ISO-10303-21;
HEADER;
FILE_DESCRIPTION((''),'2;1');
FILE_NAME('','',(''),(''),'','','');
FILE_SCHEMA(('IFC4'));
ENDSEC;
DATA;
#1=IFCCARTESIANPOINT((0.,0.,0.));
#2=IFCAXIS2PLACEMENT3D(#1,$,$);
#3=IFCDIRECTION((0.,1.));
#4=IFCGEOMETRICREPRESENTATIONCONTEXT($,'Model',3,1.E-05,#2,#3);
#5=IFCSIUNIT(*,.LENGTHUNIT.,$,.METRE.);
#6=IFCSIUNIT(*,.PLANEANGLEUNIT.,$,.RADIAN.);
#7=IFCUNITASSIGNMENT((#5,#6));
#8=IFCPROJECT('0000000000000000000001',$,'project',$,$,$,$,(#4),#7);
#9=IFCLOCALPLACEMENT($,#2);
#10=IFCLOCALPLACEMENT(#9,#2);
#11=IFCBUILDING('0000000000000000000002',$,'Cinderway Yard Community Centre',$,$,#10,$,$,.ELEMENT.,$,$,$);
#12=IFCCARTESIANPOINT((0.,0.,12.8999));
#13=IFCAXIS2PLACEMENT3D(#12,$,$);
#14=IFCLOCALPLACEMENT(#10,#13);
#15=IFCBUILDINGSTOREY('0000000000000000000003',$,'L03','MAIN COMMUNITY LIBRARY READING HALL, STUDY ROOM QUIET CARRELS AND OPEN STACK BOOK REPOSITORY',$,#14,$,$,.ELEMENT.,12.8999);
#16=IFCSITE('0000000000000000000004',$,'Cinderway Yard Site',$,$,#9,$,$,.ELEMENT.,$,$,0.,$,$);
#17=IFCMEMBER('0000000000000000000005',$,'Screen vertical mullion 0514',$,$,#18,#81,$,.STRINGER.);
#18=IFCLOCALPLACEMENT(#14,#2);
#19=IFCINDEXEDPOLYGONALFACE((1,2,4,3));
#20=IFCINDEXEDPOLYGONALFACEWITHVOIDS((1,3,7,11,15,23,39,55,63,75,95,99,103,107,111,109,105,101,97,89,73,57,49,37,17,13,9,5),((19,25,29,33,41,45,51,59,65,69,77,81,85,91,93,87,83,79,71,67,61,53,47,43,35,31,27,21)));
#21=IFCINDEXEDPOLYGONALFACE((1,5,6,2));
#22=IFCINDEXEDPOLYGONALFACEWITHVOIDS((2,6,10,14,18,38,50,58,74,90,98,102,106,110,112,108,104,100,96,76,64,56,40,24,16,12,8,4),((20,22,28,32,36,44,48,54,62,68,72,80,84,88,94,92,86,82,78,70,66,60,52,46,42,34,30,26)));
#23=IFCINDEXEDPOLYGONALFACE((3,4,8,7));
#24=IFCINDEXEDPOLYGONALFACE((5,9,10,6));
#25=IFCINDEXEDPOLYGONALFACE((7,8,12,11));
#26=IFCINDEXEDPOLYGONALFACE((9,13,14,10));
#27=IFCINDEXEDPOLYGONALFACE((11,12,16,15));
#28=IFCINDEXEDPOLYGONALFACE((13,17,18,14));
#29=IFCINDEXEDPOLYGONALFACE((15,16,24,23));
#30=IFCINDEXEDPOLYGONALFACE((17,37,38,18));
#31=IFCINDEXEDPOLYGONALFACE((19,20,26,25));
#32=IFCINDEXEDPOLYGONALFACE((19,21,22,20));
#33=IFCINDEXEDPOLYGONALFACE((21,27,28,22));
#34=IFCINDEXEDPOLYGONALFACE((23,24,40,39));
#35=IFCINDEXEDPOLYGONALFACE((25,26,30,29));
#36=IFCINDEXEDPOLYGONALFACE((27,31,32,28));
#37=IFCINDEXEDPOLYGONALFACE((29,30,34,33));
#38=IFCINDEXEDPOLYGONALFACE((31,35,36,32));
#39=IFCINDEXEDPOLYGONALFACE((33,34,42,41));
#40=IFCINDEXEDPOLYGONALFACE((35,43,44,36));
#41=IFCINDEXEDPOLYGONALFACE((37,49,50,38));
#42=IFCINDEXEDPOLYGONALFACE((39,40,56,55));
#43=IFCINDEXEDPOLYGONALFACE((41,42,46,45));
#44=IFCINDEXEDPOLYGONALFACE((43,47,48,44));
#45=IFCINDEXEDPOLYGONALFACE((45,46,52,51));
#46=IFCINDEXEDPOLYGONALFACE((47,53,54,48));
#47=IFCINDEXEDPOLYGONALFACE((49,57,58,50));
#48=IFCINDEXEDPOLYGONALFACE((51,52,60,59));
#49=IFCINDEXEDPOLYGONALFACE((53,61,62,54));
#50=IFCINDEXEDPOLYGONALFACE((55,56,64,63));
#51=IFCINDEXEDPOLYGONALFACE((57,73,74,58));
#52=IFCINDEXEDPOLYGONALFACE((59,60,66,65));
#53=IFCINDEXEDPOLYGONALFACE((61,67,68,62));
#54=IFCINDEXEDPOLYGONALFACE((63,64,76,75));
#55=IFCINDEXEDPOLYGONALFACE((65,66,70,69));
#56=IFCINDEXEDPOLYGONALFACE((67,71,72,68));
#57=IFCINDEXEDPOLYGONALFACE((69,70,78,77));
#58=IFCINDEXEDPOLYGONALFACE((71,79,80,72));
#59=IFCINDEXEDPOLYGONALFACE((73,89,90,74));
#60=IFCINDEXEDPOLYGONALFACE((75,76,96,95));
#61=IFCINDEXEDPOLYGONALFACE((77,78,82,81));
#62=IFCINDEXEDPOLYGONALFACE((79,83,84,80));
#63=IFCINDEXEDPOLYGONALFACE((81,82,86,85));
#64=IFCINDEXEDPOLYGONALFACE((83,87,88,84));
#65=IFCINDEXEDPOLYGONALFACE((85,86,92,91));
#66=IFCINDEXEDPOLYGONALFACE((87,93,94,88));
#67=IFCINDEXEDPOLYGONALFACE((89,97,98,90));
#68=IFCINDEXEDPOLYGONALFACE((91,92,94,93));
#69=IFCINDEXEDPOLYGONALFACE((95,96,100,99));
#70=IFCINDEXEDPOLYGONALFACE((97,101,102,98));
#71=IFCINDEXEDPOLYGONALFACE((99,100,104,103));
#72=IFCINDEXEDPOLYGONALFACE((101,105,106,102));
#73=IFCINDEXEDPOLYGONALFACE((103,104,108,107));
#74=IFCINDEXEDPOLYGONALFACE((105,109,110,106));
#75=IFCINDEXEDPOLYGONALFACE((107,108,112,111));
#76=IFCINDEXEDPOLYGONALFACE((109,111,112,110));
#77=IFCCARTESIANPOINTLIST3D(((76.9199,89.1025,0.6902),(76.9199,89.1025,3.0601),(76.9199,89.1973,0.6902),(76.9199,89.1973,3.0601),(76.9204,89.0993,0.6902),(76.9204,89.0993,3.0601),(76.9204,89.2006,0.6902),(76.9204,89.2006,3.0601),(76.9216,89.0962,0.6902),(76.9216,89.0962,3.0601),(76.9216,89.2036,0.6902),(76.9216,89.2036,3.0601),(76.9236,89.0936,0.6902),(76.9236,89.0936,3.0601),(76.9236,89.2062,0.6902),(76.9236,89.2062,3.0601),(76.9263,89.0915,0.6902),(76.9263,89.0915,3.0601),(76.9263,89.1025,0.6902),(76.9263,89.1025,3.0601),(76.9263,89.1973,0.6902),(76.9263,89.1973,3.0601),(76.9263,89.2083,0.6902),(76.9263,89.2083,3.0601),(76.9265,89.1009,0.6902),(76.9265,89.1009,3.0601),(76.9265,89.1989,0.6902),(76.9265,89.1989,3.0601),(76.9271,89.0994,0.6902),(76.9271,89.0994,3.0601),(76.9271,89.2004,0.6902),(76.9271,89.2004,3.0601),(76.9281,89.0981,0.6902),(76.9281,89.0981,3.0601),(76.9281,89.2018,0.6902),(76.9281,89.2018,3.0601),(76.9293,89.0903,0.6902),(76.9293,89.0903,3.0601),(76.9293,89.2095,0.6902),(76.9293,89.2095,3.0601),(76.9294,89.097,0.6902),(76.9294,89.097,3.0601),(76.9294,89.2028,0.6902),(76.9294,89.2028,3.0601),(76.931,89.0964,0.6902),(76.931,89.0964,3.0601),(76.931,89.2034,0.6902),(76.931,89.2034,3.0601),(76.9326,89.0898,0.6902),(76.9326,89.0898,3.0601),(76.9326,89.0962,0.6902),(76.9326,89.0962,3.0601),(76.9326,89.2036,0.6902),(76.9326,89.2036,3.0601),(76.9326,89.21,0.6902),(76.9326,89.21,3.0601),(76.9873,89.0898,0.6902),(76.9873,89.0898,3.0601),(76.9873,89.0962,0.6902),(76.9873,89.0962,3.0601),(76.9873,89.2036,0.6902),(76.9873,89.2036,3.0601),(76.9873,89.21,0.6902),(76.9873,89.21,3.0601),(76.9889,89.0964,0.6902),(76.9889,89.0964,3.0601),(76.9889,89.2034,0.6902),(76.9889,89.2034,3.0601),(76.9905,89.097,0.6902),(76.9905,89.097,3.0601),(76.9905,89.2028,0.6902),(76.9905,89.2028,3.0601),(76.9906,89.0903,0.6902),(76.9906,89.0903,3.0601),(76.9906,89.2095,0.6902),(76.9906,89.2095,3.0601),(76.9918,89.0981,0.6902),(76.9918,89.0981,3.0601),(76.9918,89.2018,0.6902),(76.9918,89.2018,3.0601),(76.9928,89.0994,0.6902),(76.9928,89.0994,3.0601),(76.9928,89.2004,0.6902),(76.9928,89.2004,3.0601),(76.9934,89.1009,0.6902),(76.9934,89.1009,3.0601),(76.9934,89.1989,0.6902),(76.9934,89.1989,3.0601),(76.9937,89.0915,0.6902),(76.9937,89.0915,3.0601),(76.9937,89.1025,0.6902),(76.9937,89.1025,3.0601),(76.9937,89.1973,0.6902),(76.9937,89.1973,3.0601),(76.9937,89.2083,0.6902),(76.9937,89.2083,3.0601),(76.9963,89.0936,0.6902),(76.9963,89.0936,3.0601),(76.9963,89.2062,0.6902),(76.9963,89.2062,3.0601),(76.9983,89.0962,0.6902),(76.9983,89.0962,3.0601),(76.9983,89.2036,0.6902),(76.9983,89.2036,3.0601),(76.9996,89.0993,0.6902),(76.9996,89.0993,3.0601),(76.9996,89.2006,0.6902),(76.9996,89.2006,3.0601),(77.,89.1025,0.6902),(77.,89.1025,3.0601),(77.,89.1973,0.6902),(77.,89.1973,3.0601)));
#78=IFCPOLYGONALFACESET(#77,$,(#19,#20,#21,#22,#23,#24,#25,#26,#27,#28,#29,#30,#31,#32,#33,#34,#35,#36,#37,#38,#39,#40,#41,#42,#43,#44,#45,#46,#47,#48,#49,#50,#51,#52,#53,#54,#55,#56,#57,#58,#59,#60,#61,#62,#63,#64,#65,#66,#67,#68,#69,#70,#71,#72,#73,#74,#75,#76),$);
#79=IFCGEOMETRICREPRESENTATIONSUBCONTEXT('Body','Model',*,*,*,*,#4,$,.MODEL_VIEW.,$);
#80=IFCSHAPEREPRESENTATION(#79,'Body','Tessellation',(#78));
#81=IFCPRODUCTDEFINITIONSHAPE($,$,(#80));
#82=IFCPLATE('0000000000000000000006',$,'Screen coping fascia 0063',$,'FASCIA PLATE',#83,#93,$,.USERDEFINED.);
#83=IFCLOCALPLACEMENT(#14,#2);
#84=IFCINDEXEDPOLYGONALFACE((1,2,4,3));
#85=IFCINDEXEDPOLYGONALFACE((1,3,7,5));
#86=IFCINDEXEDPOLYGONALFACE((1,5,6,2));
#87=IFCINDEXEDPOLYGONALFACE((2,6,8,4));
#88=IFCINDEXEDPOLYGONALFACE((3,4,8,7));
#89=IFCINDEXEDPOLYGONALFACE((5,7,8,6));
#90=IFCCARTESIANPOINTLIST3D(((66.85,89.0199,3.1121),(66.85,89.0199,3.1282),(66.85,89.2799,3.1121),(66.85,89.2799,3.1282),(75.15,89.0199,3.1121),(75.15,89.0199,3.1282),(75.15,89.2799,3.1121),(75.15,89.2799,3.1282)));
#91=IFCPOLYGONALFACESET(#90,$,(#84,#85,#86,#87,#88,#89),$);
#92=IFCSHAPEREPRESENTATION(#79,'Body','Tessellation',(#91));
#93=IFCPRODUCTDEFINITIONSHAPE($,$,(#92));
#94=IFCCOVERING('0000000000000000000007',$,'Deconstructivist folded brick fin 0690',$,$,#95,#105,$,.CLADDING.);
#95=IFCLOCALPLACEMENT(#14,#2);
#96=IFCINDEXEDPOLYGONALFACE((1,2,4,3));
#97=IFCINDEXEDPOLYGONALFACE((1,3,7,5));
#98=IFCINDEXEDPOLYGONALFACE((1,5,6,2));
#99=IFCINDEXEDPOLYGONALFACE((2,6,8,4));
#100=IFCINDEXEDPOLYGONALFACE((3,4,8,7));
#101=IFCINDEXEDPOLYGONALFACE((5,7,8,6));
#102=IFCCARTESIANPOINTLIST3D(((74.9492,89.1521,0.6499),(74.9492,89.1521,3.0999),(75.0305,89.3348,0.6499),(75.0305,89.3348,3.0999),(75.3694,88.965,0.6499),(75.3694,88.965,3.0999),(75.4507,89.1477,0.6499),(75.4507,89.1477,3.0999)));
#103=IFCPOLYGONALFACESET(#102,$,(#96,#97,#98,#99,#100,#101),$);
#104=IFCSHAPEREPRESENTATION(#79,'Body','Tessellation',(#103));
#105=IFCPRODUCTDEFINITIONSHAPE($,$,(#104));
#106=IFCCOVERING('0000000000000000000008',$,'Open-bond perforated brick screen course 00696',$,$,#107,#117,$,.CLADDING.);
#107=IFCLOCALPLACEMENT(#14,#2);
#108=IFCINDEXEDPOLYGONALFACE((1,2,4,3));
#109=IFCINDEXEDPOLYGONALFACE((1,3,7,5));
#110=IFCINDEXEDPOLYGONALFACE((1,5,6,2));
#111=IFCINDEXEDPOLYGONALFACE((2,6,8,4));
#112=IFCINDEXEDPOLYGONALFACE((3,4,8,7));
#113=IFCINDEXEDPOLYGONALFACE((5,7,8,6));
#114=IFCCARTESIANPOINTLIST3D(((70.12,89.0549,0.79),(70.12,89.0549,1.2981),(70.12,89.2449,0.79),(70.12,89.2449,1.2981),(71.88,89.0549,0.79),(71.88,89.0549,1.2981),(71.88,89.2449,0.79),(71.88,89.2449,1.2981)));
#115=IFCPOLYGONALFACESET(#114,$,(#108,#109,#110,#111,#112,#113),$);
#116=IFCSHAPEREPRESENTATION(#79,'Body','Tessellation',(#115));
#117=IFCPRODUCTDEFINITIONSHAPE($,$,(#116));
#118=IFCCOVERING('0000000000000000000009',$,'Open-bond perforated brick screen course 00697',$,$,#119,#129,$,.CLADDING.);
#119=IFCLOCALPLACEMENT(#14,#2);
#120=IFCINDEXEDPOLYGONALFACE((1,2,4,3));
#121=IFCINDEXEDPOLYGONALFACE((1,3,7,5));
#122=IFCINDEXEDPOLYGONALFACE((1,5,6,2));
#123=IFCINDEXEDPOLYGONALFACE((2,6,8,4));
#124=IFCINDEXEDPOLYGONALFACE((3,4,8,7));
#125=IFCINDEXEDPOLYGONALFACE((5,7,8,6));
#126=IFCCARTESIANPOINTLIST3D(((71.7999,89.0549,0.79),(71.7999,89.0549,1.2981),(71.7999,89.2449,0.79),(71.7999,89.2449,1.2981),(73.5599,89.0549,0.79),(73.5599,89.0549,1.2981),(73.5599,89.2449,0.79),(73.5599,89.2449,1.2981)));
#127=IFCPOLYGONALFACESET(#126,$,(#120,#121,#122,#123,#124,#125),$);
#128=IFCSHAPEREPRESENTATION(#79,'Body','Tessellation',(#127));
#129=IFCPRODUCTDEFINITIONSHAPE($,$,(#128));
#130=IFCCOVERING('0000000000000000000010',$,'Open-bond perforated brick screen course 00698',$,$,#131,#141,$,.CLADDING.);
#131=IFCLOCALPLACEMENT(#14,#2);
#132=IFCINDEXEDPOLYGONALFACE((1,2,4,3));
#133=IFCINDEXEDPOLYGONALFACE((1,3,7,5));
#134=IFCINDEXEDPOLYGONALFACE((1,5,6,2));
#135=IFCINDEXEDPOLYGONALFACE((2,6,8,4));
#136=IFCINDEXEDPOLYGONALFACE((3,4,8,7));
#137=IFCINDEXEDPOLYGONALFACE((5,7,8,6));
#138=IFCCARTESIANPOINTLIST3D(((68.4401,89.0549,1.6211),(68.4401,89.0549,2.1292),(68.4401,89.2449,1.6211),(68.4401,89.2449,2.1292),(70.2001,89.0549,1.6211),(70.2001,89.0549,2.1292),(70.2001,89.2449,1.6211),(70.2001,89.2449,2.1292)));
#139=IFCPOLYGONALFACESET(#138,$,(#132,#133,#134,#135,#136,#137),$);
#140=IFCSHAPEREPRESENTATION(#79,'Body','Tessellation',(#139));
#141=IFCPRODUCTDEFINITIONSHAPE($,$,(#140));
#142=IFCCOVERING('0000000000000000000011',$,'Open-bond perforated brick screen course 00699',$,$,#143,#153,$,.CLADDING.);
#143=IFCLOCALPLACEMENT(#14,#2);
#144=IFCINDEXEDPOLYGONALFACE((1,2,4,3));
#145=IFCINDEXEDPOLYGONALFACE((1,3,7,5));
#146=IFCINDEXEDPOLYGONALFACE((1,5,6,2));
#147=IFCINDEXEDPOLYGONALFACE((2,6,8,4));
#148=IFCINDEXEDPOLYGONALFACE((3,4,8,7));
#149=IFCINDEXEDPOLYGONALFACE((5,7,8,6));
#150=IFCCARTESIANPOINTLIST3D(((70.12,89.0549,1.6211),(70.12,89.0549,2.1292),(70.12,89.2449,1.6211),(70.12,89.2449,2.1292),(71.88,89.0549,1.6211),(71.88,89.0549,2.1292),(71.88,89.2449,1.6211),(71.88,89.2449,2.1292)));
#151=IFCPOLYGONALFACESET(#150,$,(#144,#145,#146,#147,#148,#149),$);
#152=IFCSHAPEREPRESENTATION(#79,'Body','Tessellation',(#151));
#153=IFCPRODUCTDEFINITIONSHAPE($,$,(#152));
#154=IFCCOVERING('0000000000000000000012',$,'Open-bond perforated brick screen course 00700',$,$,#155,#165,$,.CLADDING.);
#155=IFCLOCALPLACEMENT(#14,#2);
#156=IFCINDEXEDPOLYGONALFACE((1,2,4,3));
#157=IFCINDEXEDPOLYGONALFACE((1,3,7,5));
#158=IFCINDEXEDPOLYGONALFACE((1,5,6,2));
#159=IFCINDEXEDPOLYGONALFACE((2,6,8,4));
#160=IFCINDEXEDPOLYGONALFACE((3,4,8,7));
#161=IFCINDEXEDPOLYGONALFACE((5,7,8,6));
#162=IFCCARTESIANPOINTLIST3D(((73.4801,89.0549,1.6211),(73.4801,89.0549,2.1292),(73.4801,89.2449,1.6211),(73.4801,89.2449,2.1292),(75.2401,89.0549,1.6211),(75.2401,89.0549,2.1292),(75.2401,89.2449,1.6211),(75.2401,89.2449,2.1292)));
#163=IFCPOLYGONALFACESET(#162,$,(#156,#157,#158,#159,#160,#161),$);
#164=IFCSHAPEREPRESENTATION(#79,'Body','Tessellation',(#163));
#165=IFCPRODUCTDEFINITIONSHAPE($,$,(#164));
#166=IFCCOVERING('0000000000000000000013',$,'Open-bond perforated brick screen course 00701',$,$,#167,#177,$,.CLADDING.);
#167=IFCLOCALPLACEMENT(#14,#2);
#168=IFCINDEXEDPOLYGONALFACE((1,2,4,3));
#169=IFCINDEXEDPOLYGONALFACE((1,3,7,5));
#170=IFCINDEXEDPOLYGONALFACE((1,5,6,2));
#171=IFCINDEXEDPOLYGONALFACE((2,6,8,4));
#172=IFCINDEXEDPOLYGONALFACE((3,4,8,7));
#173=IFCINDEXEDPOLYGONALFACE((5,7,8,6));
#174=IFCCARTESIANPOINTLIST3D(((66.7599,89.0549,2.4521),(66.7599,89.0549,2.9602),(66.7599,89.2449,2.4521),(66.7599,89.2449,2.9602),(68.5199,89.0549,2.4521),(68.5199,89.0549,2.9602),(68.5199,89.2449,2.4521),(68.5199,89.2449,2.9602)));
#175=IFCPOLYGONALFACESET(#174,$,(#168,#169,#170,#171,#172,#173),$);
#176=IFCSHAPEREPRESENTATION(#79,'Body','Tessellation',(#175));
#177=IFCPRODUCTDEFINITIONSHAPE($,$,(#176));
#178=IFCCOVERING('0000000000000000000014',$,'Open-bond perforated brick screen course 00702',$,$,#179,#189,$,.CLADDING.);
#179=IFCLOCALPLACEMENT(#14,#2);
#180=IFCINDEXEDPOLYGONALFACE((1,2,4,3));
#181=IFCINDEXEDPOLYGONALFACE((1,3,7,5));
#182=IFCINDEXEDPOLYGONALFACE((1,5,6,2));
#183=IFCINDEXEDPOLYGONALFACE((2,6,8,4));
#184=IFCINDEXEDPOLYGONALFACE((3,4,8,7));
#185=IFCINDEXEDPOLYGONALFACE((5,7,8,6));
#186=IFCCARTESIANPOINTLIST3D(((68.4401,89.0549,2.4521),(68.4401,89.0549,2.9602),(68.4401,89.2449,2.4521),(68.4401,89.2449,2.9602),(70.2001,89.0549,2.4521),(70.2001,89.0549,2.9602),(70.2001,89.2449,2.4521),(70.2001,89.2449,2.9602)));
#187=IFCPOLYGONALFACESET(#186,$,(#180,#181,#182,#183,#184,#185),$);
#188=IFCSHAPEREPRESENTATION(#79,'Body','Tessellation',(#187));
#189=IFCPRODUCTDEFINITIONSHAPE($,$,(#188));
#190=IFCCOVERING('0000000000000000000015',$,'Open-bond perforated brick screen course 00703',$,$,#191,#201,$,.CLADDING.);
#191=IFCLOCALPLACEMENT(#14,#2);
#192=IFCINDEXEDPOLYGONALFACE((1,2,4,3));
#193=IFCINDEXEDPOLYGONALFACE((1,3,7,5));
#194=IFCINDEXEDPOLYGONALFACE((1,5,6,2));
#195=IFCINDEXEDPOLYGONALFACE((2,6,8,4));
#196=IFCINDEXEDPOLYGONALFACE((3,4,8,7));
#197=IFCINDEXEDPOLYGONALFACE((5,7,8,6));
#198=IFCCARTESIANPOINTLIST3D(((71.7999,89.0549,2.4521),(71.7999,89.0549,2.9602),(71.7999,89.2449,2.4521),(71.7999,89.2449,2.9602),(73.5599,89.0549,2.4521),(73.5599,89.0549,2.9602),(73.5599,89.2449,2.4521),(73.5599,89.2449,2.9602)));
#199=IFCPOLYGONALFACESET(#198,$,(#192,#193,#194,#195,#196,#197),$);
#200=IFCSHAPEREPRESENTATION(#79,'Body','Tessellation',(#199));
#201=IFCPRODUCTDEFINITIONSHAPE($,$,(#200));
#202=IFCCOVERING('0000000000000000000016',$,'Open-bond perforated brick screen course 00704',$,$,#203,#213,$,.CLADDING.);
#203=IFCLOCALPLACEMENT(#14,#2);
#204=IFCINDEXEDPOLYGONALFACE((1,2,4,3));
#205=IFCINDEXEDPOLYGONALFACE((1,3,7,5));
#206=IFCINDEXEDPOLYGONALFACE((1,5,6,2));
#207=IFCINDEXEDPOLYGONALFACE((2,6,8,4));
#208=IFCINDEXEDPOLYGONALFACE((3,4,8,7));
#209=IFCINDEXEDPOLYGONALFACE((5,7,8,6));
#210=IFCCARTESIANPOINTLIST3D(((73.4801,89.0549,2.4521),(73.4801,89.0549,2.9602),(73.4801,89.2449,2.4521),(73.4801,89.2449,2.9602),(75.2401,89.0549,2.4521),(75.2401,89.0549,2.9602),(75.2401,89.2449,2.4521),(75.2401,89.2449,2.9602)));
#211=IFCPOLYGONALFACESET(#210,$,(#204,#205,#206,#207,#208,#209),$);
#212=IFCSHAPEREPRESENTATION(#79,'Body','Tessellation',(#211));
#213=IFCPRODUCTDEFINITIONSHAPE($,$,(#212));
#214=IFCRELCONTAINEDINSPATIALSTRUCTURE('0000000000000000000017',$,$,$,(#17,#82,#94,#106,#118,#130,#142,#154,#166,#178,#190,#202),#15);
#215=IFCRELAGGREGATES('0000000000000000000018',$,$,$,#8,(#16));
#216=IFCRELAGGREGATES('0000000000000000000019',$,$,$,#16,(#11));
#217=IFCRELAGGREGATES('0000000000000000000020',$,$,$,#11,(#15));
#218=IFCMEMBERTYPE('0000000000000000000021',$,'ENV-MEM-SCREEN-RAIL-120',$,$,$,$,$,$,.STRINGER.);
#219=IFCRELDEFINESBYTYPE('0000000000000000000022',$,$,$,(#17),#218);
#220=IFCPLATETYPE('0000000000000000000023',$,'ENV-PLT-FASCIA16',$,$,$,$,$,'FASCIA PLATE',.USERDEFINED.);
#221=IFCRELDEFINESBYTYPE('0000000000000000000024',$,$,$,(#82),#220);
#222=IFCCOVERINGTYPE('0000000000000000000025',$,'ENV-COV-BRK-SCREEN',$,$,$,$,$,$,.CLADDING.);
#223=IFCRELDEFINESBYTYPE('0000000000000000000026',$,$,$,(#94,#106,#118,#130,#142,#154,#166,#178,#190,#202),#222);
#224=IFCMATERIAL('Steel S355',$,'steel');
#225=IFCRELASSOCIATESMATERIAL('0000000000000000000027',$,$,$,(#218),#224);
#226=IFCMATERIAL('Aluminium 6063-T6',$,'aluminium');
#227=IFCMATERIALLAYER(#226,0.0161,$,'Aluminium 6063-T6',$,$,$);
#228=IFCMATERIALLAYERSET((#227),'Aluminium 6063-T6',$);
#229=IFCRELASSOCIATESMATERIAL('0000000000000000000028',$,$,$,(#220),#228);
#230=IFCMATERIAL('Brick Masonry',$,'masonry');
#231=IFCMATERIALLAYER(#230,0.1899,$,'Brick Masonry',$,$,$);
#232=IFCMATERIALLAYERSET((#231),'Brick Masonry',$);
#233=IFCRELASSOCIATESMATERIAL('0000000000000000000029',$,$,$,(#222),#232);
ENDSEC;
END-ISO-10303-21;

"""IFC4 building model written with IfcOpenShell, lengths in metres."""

from ifc_helpers import new_model, si_unit, direction, frame, origin, origin_2d, place, context, subcontext, project, spatial, rectangle, hollow_rectangle, extrude, material, layer, layer_set, material_profile, profile_set, type_object, element, save


model = new_model("IFC4")

# Units and contexts
model_context = context("Model", 3, precision=1e-05, world=origin(), true_north=direction((0.0, 1.0)))
body_context = subcontext(model_context, "Body", "Model", "MODEL_VIEW")
ifc_project = project(units=[si_unit("LENGTHUNIT", "METRE"), si_unit("PLANEANGLEUNIT", "RADIAN")], contexts=[model_context])

# Site, building, storey
site_placement = place(None, origin())
site = spatial("IfcSite", under=ifc_project, at=site_placement, Name="Cinderway Yard Site", CompositionType="ELEMENT", RefElevation=0.0)
building_placement = place(site_placement, origin())
building = spatial("IfcBuilding", under=site, at=building_placement, Name="Cinderway Yard Community Centre", CompositionType="ELEMENT")
storey_placement = place(building_placement, frame((0.0, 0.0, 12.8999)))
storey = spatial("IfcBuildingStorey", under=building, at=storey_placement, Name="L03", Description="MAIN COMMUNITY LIBRARY READING HALL, STUDY ROOM QUIET CARRELS AND OPEN STACK BOOK REPOSITORY", CompositionType="ELEMENT", Elevation=12.8999)

# Member
ifc_material_1 = material(Name="Steel S355", Category="steel")
ifc_material_profile = material_profile(ifc_material_1, hollow_rectangle(XDim=0.0801, YDim=0.1201, WallThickness=0.0063, InnerFilletRadius=0.0063, OuterFilletRadius=0.0127, at=origin_2d()), Name="Steel S355")
ifc_profile_set = profile_set([ifc_material_profile], Name="Steel S355")
member_type = type_object("IfcMemberType", Name="ENV-MEM-SCREEN-RAIL-120", PredefinedType="STRINGER", material=ifc_profile_set)
member_placement = place(storey_placement, frame((76.96, 89.1499, 0.6902), z_axis=(0.0, 0.0, 1.0), x_axis=(1.0, 0.0, 0.0)))
element("IfcMember", 1, at=member_placement, inside=storey, type_object=member_type, Name="Screen vertical mullion 0514", PredefinedType="STRINGER", context=body_context, shape_type="SweptSolid", body=[
    extrude(hollow_rectangle(XDim=0.0801, YDim=0.1201, WallThickness=0.0063, InnerFilletRadius=0.0063, OuterFilletRadius=0.0127, at=origin_2d()), origin(), (0.0, 0.0, 1.0), 2.3699),
])

# Plate
ifc_material_2 = material(Name="Aluminium 6063-T6", Category="aluminium")
ifc_layer_1 = layer(ifc_material_2, 0.0161, Name="Aluminium 6063-T6")
ifc_layer_set_1 = layer_set([ifc_layer_1], Name="Aluminium 6063-T6")
plate_type = type_object("IfcPlateType", Name="ENV-PLT-FASCIA16", ElementType="FASCIA PLATE", PredefinedType="USERDEFINED", material=ifc_layer_set_1)
plate_placement = place(storey_placement, frame((71.0, 89.1499, 3.1121), z_axis=(0.0, 0.0, 1.0), x_axis=(-1.0, 0.0, 0.0)))
element("IfcPlate", 2, at=plate_placement, inside=storey, type_object=plate_type, Name="Screen coping fascia 0063", ObjectType="FASCIA PLATE", PredefinedType="USERDEFINED", context=body_context, shape_type="SweptSolid", body=[
    extrude(rectangle(XDim=8.3, YDim=0.26, at=origin_2d()), origin(), (0.0, 0.0, 1.0), 0.0161),
])

# Coverings
ifc_material_3 = material(Name="Brick Masonry", Category="masonry")
ifc_layer_2 = layer(ifc_material_3, 0.1899, Name="Brick Masonry")
ifc_layer_set_2 = layer_set([ifc_layer_2], Name="Brick Masonry")
covering_type = type_object("IfcCoveringType", Name="ENV-COV-BRK-SCREEN", PredefinedType="CLADDING", material=ifc_layer_set_2)
covering_placement = place(storey_placement, frame((75.2, 89.1499, 0.6499), z_axis=(0.0, 0.0, 1.0), x_axis=(-0.913545, 0.406737, 0.0)))
element("IfcCovering", 3, at=covering_placement, inside=storey, type_object=covering_type, Name="Deconstructivist folded brick fin 0690", PredefinedType="CLADDING", context=body_context, shape_type="SweptSolid", body=[
    extrude(rectangle(XDim=0.46, YDim=0.2, at=origin_2d()), origin(), (0.0, 0.0, 1.0), 2.45),
])
for number, where, z_axis, x_axis, name in (
    (4, (71.0, 89.1499, 0.79), (0.0, 0.0, 1.0), (-1.0, 0.0, 0.0), "Open-bond perforated brick screen course 00696"),
    (5, (72.6799, 89.1499, 0.79), (0.0, 0.0, 1.0), (-1.0, 0.0, 0.0), "Open-bond perforated brick screen course 00697"),
    (6, (69.3201, 89.1499, 1.6211), (0.0, 0.0, 1.0), (-1.0, 0.0, 0.0), "Open-bond perforated brick screen course 00698"),
    (7, (71.0, 89.1499, 1.6211), (0.0, 0.0, 1.0), (-1.0, 0.0, 0.0), "Open-bond perforated brick screen course 00699"),
    (8, (74.3601, 89.1499, 1.6211), (0.0, 0.0, 1.0), (-1.0, 0.0, 0.0), "Open-bond perforated brick screen course 00700"),
    (9, (67.6399, 89.1499, 2.4521), (0.0, 0.0, 1.0), (-1.0, 0.0, 0.0), "Open-bond perforated brick screen course 00701"),
    (10, (69.3201, 89.1499, 2.4521), (0.0, 0.0, 1.0), (-1.0, 0.0, 0.0), "Open-bond perforated brick screen course 00702"),
    (11, (72.6799, 89.1499, 2.4521), (0.0, 0.0, 1.0), (-1.0, 0.0, 0.0), "Open-bond perforated brick screen course 00703"),
    (12, (74.3601, 89.1499, 2.4521), (0.0, 0.0, 1.0), (-1.0, 0.0, 0.0), "Open-bond perforated brick screen course 00704"),
):
    element("IfcCovering", number, at=place(storey_placement, frame(where, z_axis=z_axis, x_axis=x_axis)), inside=storey, type_object=covering_type, Name=name, PredefinedType="CLADDING", context=body_context, shape_type="SweptSolid", body=[
        extrude(rectangle(XDim=1.76, YDim=0.1899, at=origin_2d()), origin(), (0.0, 0.0, 1.0), 0.5081),
    ])

save(model, "model.ifc")
